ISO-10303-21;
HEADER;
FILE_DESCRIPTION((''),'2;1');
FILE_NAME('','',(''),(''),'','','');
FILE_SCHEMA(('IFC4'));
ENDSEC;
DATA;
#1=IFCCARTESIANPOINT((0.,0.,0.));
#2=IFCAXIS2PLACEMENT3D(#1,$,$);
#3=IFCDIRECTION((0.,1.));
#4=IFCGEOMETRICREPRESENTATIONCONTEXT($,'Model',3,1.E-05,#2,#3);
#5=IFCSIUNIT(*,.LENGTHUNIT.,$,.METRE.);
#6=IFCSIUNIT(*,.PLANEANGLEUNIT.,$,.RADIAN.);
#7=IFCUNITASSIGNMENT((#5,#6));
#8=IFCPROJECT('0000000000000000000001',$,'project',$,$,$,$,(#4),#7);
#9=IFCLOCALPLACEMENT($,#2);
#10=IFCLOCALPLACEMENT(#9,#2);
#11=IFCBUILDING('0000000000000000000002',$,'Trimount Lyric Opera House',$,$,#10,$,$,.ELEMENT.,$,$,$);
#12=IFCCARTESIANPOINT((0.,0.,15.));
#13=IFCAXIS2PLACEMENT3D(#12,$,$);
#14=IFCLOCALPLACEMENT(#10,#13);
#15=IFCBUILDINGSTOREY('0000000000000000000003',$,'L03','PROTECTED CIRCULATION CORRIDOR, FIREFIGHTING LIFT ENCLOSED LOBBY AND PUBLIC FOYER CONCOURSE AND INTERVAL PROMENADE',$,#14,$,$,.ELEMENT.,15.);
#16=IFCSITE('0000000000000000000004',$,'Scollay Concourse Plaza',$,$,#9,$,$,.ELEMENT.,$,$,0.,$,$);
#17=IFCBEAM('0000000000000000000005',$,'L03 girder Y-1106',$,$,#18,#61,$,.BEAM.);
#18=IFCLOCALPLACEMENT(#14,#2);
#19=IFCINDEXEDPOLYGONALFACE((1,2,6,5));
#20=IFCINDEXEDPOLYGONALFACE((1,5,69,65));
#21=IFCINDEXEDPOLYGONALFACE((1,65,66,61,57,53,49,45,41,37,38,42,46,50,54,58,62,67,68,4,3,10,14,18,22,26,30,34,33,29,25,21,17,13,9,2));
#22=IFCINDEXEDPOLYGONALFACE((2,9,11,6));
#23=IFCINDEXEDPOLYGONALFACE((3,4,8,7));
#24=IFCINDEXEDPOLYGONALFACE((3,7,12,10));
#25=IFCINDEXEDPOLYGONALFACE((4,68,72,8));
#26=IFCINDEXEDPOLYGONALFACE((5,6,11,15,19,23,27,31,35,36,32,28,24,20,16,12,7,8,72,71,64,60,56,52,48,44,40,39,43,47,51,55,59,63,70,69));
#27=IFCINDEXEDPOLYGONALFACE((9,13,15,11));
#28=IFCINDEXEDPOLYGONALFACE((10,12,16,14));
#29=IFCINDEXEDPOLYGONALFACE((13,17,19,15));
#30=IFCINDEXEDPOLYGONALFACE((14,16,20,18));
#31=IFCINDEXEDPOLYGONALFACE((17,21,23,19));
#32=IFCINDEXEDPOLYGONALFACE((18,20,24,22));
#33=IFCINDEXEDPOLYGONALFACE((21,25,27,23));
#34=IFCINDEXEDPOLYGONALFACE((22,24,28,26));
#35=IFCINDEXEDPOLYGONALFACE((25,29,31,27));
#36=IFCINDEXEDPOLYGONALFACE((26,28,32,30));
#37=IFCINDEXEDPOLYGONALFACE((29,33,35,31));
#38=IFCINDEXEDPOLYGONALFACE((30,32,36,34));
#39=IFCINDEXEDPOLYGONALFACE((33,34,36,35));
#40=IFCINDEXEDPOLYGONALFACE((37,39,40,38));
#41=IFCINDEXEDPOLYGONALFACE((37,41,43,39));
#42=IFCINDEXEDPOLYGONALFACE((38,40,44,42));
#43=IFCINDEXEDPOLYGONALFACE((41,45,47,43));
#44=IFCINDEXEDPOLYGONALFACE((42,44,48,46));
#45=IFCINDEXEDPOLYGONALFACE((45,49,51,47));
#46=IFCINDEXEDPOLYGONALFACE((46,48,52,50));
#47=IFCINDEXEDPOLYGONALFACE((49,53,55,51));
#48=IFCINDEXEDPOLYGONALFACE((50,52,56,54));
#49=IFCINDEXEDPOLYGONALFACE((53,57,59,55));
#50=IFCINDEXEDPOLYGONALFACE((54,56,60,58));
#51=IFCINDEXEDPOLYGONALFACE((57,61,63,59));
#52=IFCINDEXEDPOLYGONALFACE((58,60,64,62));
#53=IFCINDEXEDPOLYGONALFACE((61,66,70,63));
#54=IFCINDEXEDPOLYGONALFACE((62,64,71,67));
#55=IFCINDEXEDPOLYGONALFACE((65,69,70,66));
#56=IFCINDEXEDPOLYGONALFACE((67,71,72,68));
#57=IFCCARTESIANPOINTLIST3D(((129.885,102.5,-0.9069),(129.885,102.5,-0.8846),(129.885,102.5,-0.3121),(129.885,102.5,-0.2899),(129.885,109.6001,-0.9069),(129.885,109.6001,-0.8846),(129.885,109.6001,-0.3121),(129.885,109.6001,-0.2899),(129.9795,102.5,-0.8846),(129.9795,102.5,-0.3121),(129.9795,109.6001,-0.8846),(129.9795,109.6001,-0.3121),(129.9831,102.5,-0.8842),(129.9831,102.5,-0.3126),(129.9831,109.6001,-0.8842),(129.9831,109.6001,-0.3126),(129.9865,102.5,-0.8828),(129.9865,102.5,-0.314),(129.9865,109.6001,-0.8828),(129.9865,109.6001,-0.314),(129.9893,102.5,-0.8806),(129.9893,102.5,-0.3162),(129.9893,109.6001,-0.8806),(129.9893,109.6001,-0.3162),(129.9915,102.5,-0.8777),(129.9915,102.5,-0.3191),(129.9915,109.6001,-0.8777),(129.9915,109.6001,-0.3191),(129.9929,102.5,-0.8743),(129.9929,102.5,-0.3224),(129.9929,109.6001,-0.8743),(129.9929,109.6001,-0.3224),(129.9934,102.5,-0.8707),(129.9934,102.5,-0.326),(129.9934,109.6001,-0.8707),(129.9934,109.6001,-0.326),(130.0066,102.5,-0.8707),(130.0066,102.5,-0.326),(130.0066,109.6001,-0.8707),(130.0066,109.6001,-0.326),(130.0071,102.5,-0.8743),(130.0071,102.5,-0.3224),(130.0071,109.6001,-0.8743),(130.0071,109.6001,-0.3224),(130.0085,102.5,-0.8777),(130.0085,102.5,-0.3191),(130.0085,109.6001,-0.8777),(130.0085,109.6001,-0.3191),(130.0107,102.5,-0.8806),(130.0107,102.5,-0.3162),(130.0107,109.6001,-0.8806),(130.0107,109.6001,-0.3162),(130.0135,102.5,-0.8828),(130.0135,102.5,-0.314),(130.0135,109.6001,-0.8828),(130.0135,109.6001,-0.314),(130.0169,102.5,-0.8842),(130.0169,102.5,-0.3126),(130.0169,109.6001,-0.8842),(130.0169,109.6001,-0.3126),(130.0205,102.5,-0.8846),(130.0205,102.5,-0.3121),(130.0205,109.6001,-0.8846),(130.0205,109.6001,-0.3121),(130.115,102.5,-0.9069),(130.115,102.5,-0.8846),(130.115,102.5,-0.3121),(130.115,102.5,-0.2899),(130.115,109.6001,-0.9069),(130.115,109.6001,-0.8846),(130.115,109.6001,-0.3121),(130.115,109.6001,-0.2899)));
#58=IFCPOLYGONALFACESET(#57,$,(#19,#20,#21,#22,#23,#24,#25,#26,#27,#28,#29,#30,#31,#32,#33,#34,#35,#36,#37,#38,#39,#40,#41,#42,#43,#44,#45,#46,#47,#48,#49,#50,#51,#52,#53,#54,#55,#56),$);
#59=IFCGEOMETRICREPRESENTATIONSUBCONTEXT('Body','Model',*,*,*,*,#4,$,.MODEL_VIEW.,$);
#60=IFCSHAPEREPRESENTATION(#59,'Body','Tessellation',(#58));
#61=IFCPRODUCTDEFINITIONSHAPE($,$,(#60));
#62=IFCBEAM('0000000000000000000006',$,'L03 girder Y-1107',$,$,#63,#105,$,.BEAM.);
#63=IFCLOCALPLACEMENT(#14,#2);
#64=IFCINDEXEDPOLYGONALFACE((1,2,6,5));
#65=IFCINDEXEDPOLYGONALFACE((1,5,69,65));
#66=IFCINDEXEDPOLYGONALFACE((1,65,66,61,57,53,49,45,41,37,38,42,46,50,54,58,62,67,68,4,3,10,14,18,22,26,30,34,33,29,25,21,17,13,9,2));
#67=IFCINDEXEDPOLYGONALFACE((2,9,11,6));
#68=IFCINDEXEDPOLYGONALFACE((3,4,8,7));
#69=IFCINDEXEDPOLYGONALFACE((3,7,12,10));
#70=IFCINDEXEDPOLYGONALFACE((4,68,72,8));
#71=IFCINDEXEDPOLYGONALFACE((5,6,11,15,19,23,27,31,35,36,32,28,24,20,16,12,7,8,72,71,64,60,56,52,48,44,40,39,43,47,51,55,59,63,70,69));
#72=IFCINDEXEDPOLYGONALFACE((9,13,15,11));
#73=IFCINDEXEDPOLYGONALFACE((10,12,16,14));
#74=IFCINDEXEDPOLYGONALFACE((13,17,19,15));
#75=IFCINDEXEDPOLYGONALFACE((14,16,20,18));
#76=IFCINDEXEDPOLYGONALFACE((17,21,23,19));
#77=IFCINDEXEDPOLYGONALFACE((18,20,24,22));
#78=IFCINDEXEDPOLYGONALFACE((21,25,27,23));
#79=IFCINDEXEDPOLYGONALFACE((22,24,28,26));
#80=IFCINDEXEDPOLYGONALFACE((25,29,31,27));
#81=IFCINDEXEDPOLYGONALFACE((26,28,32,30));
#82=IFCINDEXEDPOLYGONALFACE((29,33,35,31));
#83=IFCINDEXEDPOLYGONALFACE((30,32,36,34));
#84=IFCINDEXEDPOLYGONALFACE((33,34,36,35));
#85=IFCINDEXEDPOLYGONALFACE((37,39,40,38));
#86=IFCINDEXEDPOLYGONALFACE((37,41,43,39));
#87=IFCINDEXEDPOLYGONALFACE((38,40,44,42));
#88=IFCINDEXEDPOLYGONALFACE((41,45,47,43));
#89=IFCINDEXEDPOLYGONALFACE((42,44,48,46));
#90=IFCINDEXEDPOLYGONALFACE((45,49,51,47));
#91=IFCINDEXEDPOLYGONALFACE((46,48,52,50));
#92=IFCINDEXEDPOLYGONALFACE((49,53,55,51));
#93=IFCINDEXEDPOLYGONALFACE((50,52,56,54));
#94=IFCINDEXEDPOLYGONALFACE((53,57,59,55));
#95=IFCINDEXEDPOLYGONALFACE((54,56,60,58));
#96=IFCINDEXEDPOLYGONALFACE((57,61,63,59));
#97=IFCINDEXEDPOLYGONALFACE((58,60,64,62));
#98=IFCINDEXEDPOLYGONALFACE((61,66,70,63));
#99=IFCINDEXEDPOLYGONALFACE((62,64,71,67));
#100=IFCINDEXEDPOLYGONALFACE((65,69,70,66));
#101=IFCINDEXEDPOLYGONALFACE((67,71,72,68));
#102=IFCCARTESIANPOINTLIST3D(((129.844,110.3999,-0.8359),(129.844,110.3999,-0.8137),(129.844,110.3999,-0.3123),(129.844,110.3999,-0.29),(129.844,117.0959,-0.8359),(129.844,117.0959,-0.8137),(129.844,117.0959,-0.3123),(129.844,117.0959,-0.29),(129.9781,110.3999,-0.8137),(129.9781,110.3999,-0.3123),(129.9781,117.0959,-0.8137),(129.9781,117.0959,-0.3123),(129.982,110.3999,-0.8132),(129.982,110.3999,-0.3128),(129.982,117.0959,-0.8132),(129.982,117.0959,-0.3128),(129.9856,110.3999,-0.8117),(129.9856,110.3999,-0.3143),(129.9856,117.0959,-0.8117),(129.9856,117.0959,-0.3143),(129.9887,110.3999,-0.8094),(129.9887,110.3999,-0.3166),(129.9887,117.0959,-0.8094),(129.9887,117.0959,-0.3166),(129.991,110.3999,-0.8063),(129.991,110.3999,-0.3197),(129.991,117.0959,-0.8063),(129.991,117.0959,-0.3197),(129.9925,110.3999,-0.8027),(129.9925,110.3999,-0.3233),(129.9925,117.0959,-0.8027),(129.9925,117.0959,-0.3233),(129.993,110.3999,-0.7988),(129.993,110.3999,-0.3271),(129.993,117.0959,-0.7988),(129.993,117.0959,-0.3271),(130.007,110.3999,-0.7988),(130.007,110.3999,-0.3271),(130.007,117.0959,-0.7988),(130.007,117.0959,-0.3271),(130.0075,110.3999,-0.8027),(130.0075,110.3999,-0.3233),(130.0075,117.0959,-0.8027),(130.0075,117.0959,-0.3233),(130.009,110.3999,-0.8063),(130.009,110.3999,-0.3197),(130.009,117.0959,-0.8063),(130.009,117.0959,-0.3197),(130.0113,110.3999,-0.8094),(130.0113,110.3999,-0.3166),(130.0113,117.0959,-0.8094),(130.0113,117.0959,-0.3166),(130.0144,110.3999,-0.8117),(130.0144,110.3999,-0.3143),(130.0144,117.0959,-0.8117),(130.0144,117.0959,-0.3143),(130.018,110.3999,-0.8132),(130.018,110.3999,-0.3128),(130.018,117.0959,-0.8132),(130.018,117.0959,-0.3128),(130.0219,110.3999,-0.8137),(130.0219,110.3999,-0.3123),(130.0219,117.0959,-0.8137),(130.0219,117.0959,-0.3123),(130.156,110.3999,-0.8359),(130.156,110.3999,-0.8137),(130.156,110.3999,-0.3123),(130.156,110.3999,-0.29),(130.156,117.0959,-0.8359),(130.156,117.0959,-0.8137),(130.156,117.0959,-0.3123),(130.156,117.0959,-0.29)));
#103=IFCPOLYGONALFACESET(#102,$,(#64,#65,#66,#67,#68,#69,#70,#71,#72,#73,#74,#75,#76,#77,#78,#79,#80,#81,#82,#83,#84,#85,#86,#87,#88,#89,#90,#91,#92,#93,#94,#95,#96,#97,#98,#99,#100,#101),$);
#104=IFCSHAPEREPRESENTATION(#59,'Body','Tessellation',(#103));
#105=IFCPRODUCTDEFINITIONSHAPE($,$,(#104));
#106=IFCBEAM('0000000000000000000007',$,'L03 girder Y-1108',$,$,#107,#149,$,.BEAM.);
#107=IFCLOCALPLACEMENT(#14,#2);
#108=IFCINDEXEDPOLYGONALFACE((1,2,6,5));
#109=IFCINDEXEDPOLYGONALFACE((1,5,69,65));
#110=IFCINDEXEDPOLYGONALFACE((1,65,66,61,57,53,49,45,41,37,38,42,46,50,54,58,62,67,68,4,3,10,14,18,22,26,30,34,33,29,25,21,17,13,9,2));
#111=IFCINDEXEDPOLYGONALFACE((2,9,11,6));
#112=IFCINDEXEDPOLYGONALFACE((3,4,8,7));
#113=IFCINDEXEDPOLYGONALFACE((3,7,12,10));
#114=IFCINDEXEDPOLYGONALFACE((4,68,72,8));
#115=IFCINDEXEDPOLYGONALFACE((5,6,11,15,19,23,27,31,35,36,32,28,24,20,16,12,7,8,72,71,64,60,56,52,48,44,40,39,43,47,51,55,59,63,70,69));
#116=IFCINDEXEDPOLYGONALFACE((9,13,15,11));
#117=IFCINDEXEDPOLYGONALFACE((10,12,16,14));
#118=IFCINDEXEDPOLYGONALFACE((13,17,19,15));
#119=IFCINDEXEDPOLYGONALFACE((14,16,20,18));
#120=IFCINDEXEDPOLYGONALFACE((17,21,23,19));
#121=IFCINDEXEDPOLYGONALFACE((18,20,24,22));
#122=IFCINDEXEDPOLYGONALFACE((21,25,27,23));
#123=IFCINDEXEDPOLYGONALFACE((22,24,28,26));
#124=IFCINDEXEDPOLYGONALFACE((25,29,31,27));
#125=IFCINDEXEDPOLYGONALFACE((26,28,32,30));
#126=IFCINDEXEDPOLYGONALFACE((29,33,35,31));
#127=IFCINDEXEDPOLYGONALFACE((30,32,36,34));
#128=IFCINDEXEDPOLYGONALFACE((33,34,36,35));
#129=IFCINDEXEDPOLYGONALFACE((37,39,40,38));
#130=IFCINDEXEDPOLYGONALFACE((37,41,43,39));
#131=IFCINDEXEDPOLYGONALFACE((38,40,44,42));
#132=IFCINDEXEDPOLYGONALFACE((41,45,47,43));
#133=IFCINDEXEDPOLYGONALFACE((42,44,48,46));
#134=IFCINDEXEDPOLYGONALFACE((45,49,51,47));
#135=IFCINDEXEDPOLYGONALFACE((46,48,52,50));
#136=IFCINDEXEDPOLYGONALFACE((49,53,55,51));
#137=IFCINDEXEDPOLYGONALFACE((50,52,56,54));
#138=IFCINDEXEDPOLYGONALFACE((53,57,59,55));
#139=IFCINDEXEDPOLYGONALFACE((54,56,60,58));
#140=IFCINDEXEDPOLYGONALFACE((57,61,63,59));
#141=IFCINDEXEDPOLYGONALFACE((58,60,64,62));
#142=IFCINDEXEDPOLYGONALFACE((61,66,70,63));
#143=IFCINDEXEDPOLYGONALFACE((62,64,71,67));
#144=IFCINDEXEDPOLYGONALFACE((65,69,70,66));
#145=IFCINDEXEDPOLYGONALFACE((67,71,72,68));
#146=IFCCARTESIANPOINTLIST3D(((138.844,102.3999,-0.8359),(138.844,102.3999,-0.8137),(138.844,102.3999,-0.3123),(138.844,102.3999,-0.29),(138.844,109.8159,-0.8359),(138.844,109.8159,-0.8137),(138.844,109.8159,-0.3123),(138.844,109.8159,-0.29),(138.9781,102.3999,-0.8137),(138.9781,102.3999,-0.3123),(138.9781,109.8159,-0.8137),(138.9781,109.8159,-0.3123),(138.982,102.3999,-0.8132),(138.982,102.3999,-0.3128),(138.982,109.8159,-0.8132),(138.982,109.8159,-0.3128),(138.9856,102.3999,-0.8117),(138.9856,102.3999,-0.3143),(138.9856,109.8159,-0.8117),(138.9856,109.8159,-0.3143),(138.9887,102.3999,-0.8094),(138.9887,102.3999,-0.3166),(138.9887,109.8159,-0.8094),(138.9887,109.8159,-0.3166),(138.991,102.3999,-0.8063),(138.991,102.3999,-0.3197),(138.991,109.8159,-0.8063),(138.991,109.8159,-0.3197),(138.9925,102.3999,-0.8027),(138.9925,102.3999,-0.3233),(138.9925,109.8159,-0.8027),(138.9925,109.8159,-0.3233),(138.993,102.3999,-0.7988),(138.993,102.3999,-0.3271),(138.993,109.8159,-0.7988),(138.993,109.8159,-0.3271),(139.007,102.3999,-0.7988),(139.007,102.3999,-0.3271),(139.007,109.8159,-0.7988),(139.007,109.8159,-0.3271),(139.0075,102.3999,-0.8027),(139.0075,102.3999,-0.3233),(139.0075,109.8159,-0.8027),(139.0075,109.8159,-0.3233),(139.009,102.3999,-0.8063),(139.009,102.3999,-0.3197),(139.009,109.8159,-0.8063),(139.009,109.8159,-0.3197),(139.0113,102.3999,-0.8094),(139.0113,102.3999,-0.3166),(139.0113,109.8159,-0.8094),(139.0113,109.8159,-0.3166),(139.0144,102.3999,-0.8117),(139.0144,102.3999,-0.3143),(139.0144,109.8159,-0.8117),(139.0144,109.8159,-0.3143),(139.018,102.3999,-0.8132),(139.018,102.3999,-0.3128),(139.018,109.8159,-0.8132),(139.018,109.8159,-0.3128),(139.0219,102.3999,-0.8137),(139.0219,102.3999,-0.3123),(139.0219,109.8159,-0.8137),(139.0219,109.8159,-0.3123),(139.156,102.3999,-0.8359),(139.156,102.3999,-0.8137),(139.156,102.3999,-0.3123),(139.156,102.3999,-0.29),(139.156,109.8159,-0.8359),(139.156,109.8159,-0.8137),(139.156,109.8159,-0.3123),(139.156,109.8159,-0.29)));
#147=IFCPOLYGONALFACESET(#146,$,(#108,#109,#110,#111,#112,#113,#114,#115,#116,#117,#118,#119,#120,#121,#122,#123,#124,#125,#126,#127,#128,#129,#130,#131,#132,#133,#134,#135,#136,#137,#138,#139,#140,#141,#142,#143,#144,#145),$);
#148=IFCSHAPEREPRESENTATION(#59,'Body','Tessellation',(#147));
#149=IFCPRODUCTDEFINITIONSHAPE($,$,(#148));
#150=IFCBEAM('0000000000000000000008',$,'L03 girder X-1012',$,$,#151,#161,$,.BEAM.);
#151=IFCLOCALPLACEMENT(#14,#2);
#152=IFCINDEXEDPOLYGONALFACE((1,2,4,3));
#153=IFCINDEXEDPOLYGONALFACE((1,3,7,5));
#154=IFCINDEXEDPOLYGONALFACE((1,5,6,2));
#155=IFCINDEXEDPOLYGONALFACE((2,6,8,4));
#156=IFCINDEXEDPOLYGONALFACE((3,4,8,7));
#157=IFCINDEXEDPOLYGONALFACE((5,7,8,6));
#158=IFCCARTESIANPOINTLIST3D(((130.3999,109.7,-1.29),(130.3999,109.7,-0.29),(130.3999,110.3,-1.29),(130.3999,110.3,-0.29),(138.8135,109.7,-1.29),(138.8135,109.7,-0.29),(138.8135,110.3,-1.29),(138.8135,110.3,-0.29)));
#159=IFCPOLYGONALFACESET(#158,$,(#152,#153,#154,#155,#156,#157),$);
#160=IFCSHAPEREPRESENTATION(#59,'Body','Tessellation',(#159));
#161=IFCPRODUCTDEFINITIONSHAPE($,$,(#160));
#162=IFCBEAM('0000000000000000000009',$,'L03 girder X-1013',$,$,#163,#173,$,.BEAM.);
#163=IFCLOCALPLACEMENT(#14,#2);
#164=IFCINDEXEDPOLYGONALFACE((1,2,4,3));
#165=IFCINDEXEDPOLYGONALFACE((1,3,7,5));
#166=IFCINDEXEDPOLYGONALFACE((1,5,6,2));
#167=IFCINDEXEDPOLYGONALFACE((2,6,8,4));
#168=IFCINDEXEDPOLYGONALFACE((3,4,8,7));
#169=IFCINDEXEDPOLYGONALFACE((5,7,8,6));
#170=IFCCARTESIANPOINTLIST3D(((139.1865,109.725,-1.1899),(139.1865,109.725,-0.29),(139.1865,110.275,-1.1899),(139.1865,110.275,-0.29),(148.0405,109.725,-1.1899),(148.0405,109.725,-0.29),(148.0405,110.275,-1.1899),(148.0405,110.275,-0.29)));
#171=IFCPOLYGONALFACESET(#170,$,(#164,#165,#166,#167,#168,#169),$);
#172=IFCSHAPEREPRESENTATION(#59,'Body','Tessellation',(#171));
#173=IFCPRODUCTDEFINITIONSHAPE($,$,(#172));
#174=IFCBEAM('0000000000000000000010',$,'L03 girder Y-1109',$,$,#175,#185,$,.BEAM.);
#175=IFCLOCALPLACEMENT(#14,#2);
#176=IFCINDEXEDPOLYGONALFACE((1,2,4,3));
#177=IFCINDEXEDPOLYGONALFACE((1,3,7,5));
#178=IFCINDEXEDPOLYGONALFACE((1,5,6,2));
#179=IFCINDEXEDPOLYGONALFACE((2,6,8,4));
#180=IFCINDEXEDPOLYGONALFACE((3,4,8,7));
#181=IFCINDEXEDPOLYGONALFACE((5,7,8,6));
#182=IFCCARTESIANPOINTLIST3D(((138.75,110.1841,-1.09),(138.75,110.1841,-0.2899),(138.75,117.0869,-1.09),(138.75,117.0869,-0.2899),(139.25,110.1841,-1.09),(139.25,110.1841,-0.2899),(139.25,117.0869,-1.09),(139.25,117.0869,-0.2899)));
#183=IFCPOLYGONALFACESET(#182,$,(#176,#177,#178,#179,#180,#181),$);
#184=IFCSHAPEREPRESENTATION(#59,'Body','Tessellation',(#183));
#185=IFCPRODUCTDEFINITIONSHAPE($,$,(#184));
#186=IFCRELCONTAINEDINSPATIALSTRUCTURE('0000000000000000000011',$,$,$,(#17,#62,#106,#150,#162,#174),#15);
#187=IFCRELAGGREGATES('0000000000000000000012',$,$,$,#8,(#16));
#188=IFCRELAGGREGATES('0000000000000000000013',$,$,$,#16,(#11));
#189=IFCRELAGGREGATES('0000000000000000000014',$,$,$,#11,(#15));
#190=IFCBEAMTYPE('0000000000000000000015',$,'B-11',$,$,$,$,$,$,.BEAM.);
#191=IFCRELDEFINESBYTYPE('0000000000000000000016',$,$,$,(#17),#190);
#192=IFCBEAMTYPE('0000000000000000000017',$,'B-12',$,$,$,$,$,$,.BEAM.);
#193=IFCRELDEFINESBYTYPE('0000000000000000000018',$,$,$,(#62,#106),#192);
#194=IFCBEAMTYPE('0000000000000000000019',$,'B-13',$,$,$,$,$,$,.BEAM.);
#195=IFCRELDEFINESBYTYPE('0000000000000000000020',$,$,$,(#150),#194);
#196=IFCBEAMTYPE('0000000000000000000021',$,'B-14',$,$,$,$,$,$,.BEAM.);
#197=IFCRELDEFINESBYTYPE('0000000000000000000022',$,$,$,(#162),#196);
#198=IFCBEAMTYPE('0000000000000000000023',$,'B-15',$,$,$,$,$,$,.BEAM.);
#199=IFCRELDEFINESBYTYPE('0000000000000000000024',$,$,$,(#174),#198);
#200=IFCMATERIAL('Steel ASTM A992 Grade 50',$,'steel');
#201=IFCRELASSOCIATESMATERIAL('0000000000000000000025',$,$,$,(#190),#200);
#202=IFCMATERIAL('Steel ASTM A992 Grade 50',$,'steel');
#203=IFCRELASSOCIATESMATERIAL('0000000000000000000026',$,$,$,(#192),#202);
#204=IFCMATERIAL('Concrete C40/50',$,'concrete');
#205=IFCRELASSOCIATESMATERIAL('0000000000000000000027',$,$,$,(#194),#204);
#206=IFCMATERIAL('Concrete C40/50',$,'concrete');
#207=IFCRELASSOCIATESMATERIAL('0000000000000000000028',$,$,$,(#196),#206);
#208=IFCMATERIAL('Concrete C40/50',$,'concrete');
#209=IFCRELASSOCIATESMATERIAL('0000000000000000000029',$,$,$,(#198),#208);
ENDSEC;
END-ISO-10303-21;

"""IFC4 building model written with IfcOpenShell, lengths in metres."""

from ifc_helpers import new_model, si_unit, direction, frame, origin, origin_2d, place, context, subcontext, project, spatial, rectangle, i_section, extrude, material, material_profile, profile_set, type_object, element, save


model = new_model("IFC4")

# Units and contexts
model_context = context("Model", 3, precision=1e-05, world=origin(), true_north=direction((0.0, 1.0)))
body_context = subcontext(model_context, "Body", "Model", "MODEL_VIEW")
ifc_project = project(units=[si_unit("LENGTHUNIT", "METRE"), si_unit("PLANEANGLEUNIT", "RADIAN")], contexts=[model_context])

# Site, building, storey
site_placement = place(None, origin())
site = spatial("IfcSite", under=ifc_project, at=site_placement, Name="Scollay Concourse Plaza", CompositionType="ELEMENT", RefElevation=0.0)
building_placement = place(site_placement, origin())
building = spatial("IfcBuilding", under=site, at=building_placement, Name="Trimount Lyric Opera House", CompositionType="ELEMENT")
storey_placement = place(building_placement, frame((0.0, 0.0, 15.0)))
storey = spatial("IfcBuildingStorey", under=building, at=storey_placement, Name="L03", Description="PROTECTED CIRCULATION CORRIDOR, FIREFIGHTING LIFT ENCLOSED LOBBY AND PUBLIC FOYER CONCOURSE AND INTERVAL PROMENADE", CompositionType="ELEMENT", Elevation=15.0)

# Beams
ifc_material_1 = material(Name="Steel ASTM A992 Grade 50", Category="steel")
ifc_material_profile_1 = material_profile(ifc_material_1, i_section(OverallWidth=0.23, OverallDepth=0.6169, WebThickness=0.0132, FlangeThickness=0.0222, FilletRadius=0.0139, at=origin_2d()), Name="W24X94")
ifc_profile_set_1 = profile_set([ifc_material_profile_1], Name="Steel ASTM A992 Grade 50")
beam_type_1 = type_object("IfcBeamType", Name="B-11", PredefinedType="BEAM", material=ifc_profile_set_1)
beam_1_placement = place(storey_placement, frame((130.0, 102.5, -0.5984), z_axis=(0.0, 1.0, 0.0), x_axis=(-1.0, 0.0, 0.0)))
element("IfcBeam", 1, at=beam_1_placement, inside=storey, type_object=beam_type_1, Name="L03 girder Y-1106", PredefinedType="BEAM", context=body_context, shape_type="SweptSolid", body=[
    extrude(i_section(OverallWidth=0.23, OverallDepth=0.6169, WebThickness=0.0132, FlangeThickness=0.0222, FilletRadius=0.0139, at=origin_2d()), origin(), (0.0, 0.0, 1.0), 7.1001),
])
ifc_material_2 = material(Name="Steel ASTM A992 Grade 50", Category="steel")
ifc_material_profile_2 = material_profile(ifc_material_2, i_section(OverallWidth=0.312, OverallDepth=0.5459, WebThickness=0.0139, FlangeThickness=0.0222, FilletRadius=0.0149, at=origin_2d()), Name="W21X111")
ifc_profile_set_2 = profile_set([ifc_material_profile_2], Name="Steel ASTM A992 Grade 50")
beam_type_2 = type_object("IfcBeamType", Name="B-12", PredefinedType="BEAM", material=ifc_profile_set_2)
beam_2_placement = place(storey_placement, frame((130.0, 110.3999, -0.563), z_axis=(0.0, 1.0, 0.0), x_axis=(-1.0, 0.0, 0.0)))
element("IfcBeam", 2, at=beam_2_placement, inside=storey, type_object=beam_type_2, Name="L03 girder Y-1107", PredefinedType="BEAM", context=body_context, shape_type="SweptSolid", body=[
    extrude(i_section(OverallWidth=0.312, OverallDepth=0.5459, WebThickness=0.0139, FlangeThickness=0.0222, FilletRadius=0.0149, at=origin_2d()), origin(), (0.0, 0.0, 1.0), 6.696),
])
beam_3_placement = place(storey_placement, frame((139.0, 102.3999, -0.563), z_axis=(0.0, 1.0, 0.0), x_axis=(-1.0, 0.0, 0.0)))
element("IfcBeam", 3, at=beam_3_placement, inside=storey, type_object=beam_type_2, Name="L03 girder Y-1108", PredefinedType="BEAM", context=body_context, shape_type="SweptSolid", body=[
    extrude(i_section(OverallWidth=0.312, OverallDepth=0.5459, WebThickness=0.0139, FlangeThickness=0.0222, FilletRadius=0.0149, at=origin_2d()), origin(), (0.0, 0.0, 1.0), 7.416),
])
ifc_material_3 = material(Name="Concrete C40/50", Category="concrete")
ifc_material_profile_3 = material_profile(ifc_material_3, rectangle(XDim=0.6001, YDim=1.0, at=origin_2d()), Name="RC600X1000")
ifc_profile_set_3 = profile_set([ifc_material_profile_3], Name="Concrete C40/50")
beam_type_3 = type_object("IfcBeamType", Name="B-13", PredefinedType="BEAM", material=ifc_profile_set_3)
beam_4_placement = place(storey_placement, frame((130.3999, 110.0, -0.79), z_axis=(1.0, 0.0, 0.0), x_axis=(0.0, 1.0, 0.0)))
element("IfcBeam", 4, at=beam_4_placement, inside=storey, type_object=beam_type_3, Name="L03 girder X-1012", PredefinedType="BEAM", context=body_context, shape_type="SweptSolid", body=[
    extrude(rectangle(XDim=0.6001, YDim=1.0, at=origin_2d()), origin(), (0.0, 0.0, 1.0), 8.4136),
])
ifc_material_4 = material(Name="Concrete C40/50", Category="concrete")
ifc_material_profile_4 = material_profile(ifc_material_4, rectangle(XDim=0.55, YDim=0.8999, at=origin_2d()), Name="RC550X900")
ifc_profile_set_4 = profile_set([ifc_material_profile_4], Name="Concrete C40/50")
beam_type_4 = type_object("IfcBeamType", Name="B-14", PredefinedType="BEAM", material=ifc_profile_set_4)
beam_5_placement = place(storey_placement, frame((139.1865, 110.0, -0.74), z_axis=(1.0, 0.0, 0.0), x_axis=(0.0, 1.0, 0.0)))
element("IfcBeam", 5, at=beam_5_placement, inside=storey, type_object=beam_type_4, Name="L03 girder X-1013", PredefinedType="BEAM", context=body_context, shape_type="SweptSolid", body=[
    extrude(rectangle(XDim=0.55, YDim=0.8999, at=origin_2d()), origin(), (0.0, 0.0, 1.0), 8.854),
])
ifc_material_5 = material(Name="Concrete C40/50", Category="concrete")
ifc_material_profile_5 = material_profile(ifc_material_5, rectangle(XDim=0.5, YDim=0.8, at=origin_2d()), Name="RC500X800")
ifc_profile_set_5 = profile_set([ifc_material_profile_5], Name="Concrete C40/50")
beam_type_5 = type_object("IfcBeamType", Name="B-15", PredefinedType="BEAM", material=ifc_profile_set_5)
beam_6_placement = place(storey_placement, frame((139.0, 110.1841, -0.6899), z_axis=(0.0, 1.0, 0.0), x_axis=(-1.0, 0.0, 0.0)))
element("IfcBeam", 6, at=beam_6_placement, inside=storey, type_object=beam_type_5, Name="L03 girder Y-1109", PredefinedType="BEAM", context=body_context, shape_type="SweptSolid", body=[
    extrude(rectangle(XDim=0.5, YDim=0.8, at=origin_2d()), origin(), (0.0, 0.0, 1.0), 6.9028),
])

save(model, "model.ifc")
